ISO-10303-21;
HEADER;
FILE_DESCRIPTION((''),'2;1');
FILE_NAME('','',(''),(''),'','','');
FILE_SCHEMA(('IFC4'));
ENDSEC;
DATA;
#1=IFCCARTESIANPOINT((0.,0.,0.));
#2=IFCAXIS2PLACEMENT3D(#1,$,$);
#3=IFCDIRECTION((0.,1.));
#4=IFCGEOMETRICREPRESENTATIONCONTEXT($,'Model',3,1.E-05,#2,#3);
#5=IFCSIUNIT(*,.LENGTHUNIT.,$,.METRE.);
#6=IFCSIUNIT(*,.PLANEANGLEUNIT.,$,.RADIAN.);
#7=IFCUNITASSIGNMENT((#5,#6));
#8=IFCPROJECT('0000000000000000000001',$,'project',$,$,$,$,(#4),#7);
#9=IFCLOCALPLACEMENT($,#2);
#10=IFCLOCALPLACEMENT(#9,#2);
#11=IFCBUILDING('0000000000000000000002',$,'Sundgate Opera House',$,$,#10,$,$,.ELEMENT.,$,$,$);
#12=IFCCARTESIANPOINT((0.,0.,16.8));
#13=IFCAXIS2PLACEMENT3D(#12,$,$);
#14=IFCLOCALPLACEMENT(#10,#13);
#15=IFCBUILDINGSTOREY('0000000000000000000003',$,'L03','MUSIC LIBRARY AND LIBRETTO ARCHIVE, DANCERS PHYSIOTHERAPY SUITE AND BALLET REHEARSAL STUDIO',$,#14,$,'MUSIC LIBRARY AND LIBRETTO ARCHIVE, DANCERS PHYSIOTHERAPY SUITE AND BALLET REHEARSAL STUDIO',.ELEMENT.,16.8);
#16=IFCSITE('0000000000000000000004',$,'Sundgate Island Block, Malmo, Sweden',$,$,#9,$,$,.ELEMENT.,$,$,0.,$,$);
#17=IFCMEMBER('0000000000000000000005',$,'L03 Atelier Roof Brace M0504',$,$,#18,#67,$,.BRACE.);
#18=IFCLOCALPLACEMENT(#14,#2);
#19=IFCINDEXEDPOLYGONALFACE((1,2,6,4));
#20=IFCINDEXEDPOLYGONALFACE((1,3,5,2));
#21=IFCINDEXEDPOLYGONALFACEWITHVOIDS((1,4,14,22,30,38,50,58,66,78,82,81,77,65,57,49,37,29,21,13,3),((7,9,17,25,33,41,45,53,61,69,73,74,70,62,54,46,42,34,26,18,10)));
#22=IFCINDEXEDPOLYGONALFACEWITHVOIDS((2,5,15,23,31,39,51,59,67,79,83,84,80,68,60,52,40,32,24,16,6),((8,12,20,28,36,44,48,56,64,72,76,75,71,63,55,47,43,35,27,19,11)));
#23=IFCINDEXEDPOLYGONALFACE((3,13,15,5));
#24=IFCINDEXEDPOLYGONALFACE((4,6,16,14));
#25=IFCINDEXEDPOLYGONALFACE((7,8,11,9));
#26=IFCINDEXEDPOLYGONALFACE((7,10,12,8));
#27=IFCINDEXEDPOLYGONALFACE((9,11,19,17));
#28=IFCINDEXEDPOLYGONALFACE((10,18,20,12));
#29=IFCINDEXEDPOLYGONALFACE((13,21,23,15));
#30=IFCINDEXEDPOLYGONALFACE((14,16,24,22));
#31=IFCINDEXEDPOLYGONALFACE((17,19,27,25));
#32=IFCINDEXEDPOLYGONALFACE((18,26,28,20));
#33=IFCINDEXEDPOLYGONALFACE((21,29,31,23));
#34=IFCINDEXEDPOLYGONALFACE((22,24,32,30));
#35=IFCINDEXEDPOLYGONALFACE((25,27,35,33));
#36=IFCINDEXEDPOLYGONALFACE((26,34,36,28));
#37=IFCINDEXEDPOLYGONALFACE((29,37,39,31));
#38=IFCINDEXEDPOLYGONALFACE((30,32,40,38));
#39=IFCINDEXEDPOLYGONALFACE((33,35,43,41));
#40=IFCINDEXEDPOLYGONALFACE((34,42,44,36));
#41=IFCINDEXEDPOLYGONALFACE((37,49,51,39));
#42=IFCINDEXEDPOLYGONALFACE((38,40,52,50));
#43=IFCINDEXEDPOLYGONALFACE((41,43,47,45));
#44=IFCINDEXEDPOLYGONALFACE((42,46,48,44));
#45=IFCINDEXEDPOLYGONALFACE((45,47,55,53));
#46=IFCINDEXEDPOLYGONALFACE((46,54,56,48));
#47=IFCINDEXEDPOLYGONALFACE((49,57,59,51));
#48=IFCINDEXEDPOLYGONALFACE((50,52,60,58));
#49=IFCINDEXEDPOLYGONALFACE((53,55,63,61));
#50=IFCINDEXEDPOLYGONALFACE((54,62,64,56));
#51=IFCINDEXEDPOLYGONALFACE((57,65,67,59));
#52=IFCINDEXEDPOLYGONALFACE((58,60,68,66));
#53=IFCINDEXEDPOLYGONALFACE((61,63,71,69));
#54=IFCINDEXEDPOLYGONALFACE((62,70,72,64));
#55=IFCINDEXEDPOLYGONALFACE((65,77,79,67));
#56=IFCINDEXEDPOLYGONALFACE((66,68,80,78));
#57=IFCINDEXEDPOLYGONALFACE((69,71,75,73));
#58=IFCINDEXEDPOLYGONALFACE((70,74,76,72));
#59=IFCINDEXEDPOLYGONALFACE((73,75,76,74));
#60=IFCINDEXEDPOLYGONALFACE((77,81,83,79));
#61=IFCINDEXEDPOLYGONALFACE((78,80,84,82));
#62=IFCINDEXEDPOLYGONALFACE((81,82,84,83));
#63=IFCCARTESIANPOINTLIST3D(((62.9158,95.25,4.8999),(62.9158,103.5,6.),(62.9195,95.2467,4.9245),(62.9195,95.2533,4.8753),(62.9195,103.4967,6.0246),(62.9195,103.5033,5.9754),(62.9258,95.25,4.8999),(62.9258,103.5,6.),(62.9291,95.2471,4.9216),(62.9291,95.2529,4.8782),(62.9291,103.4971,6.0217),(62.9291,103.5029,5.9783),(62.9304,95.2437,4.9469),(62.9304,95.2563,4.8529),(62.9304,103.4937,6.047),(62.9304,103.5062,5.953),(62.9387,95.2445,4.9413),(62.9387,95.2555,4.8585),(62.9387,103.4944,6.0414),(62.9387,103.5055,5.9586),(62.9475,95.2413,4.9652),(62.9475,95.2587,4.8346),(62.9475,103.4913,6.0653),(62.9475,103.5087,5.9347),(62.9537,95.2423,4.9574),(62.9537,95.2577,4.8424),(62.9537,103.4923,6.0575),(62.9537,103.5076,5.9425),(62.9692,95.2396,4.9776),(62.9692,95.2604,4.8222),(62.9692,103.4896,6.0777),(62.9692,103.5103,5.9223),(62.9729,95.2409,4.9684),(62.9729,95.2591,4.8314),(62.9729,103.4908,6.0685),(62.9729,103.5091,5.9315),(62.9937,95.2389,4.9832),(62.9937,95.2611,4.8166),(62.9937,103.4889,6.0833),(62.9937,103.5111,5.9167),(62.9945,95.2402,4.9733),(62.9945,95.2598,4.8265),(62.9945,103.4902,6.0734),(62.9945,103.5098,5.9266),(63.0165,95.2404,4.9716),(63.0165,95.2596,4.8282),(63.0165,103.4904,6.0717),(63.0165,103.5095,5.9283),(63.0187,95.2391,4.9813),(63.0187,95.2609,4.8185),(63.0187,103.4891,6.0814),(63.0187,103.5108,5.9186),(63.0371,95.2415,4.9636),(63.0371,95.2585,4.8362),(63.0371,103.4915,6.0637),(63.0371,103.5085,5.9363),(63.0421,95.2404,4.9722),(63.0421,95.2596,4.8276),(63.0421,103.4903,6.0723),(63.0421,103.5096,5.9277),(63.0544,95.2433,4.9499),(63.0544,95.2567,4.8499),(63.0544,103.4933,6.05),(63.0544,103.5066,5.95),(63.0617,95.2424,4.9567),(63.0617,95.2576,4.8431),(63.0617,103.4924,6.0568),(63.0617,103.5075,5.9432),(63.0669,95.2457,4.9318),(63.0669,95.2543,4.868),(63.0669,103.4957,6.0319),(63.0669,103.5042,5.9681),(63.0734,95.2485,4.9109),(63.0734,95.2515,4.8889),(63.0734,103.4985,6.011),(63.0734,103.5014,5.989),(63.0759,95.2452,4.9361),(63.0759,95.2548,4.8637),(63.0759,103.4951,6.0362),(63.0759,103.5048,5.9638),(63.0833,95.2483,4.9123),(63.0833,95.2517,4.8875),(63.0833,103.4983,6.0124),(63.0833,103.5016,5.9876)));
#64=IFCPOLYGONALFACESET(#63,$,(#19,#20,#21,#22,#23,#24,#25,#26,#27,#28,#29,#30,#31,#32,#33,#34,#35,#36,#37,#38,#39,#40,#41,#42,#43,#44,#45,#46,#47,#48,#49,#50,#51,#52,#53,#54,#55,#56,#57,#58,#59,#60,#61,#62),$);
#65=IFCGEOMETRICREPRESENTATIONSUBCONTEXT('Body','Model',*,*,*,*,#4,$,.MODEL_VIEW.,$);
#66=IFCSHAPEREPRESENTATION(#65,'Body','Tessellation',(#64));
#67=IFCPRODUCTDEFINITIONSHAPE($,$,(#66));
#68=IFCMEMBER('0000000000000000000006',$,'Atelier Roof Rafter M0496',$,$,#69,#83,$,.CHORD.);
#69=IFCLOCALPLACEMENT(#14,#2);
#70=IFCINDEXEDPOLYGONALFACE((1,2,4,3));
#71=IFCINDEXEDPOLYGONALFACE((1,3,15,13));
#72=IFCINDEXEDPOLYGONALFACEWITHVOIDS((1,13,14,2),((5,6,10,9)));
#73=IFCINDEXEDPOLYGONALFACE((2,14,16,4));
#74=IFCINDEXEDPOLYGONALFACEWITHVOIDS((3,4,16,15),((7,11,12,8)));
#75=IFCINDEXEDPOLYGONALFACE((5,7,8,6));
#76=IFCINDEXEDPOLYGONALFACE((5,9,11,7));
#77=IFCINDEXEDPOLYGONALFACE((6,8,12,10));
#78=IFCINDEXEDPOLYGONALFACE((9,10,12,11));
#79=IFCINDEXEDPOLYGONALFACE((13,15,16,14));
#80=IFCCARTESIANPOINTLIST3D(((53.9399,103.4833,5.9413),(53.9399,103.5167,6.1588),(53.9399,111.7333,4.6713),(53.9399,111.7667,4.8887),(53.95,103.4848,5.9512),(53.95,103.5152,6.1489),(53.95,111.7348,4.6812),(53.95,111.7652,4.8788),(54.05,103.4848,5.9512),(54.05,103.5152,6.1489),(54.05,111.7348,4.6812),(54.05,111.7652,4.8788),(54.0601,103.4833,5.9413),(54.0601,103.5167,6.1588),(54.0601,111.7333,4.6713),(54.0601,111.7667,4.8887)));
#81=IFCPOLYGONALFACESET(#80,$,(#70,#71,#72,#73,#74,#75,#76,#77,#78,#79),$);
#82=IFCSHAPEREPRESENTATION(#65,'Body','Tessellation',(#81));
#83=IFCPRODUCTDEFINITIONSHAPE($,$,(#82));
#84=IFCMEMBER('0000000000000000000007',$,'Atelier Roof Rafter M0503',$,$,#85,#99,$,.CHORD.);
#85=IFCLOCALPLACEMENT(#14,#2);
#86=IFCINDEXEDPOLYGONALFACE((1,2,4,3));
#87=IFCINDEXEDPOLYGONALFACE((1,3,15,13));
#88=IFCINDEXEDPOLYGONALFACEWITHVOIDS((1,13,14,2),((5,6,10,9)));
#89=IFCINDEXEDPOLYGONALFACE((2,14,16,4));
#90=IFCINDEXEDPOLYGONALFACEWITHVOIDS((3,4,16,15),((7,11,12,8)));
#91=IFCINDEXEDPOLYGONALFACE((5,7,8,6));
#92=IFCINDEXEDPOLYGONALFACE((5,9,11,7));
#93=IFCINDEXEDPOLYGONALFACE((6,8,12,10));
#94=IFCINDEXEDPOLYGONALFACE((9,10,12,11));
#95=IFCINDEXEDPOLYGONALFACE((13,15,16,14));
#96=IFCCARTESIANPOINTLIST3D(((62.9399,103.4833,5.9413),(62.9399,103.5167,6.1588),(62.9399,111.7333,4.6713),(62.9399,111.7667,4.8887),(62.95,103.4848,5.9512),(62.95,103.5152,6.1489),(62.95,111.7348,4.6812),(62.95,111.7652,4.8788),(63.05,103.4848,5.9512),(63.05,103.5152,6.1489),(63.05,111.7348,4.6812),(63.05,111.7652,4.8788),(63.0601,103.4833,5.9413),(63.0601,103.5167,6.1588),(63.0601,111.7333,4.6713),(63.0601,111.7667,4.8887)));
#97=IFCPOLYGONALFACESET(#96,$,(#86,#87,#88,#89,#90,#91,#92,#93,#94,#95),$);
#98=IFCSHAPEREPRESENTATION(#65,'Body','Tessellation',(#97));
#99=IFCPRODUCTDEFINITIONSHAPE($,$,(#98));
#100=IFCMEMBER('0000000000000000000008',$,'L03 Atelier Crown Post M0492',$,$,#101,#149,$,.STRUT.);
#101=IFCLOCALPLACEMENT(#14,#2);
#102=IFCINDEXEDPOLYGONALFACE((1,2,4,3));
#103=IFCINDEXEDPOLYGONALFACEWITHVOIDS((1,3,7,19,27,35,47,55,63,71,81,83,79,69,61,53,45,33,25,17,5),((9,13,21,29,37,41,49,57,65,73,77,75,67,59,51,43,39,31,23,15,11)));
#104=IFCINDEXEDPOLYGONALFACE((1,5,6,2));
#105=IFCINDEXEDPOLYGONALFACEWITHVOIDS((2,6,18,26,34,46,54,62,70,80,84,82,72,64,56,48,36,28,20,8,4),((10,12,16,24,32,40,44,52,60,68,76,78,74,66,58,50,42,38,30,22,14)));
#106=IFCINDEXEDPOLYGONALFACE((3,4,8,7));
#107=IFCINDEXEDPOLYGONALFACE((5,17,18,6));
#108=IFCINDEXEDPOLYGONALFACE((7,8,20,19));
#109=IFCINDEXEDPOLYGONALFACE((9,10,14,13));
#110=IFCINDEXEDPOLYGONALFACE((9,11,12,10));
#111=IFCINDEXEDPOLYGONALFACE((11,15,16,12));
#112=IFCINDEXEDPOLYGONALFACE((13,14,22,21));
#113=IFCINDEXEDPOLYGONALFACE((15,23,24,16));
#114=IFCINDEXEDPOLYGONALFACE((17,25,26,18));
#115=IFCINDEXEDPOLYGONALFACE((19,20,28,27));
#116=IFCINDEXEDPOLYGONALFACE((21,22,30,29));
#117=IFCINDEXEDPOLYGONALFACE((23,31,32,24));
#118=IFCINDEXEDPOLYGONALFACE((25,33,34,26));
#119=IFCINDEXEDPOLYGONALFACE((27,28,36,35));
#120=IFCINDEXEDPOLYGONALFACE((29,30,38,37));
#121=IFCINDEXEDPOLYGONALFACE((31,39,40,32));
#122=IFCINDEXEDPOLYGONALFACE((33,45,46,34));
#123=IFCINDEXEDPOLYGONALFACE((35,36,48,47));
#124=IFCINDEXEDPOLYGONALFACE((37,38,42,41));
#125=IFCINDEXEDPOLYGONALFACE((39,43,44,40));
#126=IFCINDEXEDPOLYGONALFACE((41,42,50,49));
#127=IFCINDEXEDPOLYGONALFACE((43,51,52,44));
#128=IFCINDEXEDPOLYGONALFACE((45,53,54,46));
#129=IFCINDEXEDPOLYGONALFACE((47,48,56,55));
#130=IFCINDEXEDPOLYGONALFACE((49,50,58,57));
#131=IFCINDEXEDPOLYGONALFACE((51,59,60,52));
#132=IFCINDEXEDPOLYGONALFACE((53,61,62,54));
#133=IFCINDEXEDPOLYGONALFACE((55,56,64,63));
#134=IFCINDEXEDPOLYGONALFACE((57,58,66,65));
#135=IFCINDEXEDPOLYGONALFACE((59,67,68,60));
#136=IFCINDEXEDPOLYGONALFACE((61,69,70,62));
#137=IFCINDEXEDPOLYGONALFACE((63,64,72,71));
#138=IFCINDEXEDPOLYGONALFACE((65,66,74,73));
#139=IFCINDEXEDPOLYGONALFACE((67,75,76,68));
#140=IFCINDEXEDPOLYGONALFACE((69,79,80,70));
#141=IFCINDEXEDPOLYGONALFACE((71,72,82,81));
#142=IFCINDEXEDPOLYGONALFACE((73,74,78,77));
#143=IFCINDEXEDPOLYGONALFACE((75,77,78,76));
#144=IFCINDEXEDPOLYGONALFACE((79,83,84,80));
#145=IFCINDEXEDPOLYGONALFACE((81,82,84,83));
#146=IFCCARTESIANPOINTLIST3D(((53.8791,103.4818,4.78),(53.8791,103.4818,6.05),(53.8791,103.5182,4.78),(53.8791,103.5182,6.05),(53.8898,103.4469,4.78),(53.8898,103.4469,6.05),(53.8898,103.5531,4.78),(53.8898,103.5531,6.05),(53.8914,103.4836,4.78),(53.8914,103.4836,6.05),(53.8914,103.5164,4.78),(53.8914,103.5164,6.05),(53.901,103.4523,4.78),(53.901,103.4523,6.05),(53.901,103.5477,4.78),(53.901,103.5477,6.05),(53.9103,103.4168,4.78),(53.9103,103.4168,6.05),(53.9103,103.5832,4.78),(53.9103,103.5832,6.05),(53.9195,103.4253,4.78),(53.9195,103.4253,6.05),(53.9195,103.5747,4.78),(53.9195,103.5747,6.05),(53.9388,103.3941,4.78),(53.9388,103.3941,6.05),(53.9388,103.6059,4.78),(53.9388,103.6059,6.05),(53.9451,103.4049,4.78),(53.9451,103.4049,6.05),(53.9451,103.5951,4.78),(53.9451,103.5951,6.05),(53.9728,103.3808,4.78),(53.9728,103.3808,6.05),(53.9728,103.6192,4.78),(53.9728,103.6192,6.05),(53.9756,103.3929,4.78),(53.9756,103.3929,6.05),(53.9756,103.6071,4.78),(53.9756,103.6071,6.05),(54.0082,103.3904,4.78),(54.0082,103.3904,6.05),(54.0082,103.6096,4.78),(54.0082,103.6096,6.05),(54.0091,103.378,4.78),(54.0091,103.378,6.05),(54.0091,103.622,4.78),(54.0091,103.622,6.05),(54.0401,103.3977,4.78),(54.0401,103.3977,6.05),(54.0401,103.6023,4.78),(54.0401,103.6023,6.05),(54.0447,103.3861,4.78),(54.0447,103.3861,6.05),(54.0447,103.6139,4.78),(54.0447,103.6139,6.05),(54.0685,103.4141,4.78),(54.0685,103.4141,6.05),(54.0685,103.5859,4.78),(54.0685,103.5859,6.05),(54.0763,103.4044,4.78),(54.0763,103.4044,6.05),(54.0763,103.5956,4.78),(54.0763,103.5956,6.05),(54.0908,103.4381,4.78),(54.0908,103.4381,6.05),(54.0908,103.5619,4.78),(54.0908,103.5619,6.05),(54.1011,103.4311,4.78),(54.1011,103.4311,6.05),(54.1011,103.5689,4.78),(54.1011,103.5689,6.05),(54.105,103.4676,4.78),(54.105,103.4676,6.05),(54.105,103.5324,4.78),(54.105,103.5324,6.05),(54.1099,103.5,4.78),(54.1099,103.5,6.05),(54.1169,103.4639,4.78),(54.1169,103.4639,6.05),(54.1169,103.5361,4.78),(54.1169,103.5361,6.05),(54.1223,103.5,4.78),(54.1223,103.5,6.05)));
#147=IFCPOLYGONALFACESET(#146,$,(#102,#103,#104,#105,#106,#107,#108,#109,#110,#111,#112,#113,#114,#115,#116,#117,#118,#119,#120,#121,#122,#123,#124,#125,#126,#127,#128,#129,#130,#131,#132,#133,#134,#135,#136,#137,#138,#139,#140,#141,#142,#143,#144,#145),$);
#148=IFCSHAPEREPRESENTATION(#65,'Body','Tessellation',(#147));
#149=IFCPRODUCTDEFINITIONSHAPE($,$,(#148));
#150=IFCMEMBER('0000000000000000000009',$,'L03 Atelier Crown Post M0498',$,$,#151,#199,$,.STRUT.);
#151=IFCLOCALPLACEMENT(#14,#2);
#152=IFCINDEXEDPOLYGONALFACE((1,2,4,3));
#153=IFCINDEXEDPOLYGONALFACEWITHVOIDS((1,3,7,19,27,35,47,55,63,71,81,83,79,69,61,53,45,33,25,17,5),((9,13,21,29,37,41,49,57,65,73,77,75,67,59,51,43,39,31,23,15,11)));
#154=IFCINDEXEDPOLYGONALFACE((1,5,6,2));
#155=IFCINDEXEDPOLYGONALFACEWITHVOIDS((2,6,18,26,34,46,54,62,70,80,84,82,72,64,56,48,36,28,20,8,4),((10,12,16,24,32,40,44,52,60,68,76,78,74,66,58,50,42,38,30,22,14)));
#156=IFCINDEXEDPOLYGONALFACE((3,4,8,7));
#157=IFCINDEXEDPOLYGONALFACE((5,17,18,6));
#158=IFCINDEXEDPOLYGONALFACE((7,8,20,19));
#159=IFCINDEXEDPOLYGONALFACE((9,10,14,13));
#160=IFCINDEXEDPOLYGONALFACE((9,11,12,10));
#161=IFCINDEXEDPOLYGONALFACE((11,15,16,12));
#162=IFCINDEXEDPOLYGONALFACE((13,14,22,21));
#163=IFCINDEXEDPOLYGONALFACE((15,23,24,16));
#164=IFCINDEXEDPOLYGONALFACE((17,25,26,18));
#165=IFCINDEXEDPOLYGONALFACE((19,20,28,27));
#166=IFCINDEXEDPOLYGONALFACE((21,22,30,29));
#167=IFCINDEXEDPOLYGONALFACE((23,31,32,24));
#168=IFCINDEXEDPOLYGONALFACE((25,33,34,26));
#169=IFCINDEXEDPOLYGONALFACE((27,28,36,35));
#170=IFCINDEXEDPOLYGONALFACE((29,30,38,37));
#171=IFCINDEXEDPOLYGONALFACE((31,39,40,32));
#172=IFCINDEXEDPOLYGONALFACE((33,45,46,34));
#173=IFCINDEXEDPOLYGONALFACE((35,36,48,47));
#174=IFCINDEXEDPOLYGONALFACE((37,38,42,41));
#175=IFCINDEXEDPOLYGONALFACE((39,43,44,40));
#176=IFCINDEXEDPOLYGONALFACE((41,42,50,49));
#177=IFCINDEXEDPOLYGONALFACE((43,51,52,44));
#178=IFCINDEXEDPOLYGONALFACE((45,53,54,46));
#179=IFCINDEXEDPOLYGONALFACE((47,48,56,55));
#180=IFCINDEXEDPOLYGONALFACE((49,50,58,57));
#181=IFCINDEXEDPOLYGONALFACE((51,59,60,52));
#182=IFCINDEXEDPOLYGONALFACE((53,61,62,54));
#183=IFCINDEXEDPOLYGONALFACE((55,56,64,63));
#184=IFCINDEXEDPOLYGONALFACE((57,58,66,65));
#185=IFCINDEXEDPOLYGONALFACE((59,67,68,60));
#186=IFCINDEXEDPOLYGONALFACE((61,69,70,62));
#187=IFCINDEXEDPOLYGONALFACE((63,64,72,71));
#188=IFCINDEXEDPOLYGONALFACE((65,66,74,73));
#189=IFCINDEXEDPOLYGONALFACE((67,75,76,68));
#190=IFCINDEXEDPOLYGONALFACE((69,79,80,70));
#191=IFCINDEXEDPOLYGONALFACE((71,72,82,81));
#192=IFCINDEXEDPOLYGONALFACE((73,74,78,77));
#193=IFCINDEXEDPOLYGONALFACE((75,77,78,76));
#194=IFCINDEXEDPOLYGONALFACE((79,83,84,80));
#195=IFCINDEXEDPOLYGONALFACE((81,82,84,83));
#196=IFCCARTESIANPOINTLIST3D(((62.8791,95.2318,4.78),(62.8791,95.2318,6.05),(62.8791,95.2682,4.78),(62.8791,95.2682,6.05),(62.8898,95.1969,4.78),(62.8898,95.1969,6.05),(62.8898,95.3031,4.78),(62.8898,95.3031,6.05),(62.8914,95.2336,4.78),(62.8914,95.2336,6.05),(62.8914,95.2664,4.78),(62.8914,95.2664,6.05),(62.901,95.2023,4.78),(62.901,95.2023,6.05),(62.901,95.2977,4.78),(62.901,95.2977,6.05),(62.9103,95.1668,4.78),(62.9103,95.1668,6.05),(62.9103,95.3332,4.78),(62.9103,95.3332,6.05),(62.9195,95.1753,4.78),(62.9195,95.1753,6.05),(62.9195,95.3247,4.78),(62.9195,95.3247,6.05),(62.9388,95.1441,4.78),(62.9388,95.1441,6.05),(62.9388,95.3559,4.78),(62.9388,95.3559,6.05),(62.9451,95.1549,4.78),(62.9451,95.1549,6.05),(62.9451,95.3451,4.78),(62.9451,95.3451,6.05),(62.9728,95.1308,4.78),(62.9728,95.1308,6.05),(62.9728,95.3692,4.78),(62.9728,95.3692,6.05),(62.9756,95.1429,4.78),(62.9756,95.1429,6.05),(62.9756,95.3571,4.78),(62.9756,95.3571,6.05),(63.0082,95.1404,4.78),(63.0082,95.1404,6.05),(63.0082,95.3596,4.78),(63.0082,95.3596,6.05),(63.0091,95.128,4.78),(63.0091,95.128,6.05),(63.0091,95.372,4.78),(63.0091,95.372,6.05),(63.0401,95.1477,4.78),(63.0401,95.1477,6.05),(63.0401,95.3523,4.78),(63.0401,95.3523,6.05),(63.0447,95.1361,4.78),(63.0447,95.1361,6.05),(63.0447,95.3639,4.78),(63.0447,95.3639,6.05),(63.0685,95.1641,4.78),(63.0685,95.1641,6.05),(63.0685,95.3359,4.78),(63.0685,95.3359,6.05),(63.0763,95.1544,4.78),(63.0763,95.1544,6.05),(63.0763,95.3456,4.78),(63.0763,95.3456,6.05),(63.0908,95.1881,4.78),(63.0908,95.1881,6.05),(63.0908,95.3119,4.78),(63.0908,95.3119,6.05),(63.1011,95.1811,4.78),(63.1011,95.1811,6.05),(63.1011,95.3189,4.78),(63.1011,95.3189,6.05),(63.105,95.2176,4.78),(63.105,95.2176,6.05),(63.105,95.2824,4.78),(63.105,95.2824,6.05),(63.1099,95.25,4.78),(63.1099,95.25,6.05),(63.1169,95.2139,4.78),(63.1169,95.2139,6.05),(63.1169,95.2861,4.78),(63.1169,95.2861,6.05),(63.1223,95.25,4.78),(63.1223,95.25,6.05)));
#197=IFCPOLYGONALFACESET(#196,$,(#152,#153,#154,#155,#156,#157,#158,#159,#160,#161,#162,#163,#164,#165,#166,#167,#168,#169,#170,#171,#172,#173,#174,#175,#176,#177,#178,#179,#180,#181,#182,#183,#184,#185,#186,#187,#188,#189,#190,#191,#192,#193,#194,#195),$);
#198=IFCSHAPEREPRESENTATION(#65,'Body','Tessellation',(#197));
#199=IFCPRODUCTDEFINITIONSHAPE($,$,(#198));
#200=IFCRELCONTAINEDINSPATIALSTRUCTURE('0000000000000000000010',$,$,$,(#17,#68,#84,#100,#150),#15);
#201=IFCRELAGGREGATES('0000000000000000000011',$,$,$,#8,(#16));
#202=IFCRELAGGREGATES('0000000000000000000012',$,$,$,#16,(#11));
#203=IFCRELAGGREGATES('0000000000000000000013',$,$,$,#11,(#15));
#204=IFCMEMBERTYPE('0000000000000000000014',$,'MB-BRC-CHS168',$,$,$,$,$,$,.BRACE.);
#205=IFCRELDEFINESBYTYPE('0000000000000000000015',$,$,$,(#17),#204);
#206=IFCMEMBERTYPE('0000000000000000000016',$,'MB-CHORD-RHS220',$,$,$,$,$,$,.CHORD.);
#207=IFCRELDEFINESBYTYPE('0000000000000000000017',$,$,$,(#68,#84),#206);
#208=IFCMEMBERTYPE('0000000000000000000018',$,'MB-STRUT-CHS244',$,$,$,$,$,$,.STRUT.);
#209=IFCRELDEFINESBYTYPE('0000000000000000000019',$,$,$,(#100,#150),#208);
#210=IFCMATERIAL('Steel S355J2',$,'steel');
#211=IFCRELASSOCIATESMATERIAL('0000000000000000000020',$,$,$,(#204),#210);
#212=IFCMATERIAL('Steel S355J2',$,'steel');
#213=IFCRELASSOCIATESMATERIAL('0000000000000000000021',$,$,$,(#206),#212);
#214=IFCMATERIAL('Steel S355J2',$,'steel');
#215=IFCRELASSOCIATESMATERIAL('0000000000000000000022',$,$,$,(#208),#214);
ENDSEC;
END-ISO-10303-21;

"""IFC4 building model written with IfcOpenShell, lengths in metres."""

from ifc_helpers import new_model, si_unit, direction, frame, origin, origin_2d, place, context, subcontext, project, spatial, hollow_rectangle, hollow_circle, extrude, material, material_profile, profile_set, type_object, element, save


model = new_model("IFC4")

# Units and contexts
model_context = context("Model", 3, precision=1e-05, world=origin(), true_north=direction((0.0, 1.0)))
body_context = subcontext(model_context, "Body", "Model", "MODEL_VIEW")
ifc_project = project(units=[si_unit("LENGTHUNIT", "METRE"), si_unit("PLANEANGLEUNIT", "RADIAN")], contexts=[model_context])

# Site, building, storey
site_placement = place(None, origin())
site = spatial("IfcSite", under=ifc_project, at=site_placement, Name="Sundgate Island Block, Malmo, Sweden", CompositionType="ELEMENT", RefElevation=0.0)
building_placement = place(site_placement, origin())
building = spatial("IfcBuilding", under=site, at=building_placement, Name="Sundgate Opera House", CompositionType="ELEMENT")
storey_placement = place(building_placement, frame((0.0, 0.0, 16.8)))
storey = spatial("IfcBuildingStorey", under=building, at=storey_placement, Name="L03", Description="MUSIC LIBRARY AND LIBRETTO ARCHIVE, DANCERS PHYSIOTHERAPY SUITE AND BALLET REHEARSAL STUDIO", LongName="MUSIC LIBRARY AND LIBRETTO ARCHIVE, DANCERS PHYSIOTHERAPY SUITE AND BALLET REHEARSAL STUDIO", CompositionType="ELEMENT", Elevation=16.8)

# Members
ifc_material_1 = material(Name="Steel S355J2", Category="steel")
ifc_material_profile_1 = material_profile(ifc_material_1, hollow_circle(Radius=0.0842, WallThickness=0.01, at=origin_2d()), Name="CHS 168.3x10.0")
ifc_profile_set_1 = profile_set([ifc_material_profile_1], Name="Steel S355J2")
member_type_1 = type_object("IfcMemberType", Name="MB-BRC-CHS168", PredefinedType="BRACE", material=ifc_profile_set_1)
member_placement = place(storey_placement, frame((63.0, 95.25, 4.8999), z_axis=(0.0, 0.991226, 0.132175), x_axis=(-1.0, 0.0, 0.0)))
element("IfcMember", 1, at=member_placement, inside=storey, type_object=member_type_1, Name="L03 Atelier Roof Brace M0504", PredefinedType="BRACE", context=body_context, shape_type="SweptSolid", body=[
    extrude(hollow_circle(Radius=0.0842, WallThickness=0.01, at=origin_2d()), origin(), (0.0, 0.0, 1.0), 8.323),
])
ifc_material_2 = material(Name="Steel S355J2", Category="steel")
ifc_material_profile_2 = material_profile(ifc_material_2, hollow_rectangle(XDim=0.1201, YDim=0.22, WallThickness=0.01, at=origin_2d()), Name="RHS 220x120x10.0")
ifc_profile_set_2 = profile_set([ifc_material_profile_2], Name="Steel S355J2")
member_type_2 = type_object("IfcMemberType", Name="MB-CHORD-RHS220", PredefinedType="CHORD", material=ifc_profile_set_2)
for number, where, z_axis, x_axis, name in (
    (2, (54.0, 103.5, 6.05), (0.0, 0.988357, -0.152149), (-1.0, 0.0, 0.0), "Atelier Roof Rafter M0496"),
    (3, (63.0, 103.5, 6.05), (0.0, 0.988357, -0.152149), (-1.0, 0.0, 0.0), "Atelier Roof Rafter M0503"),
):
    element("IfcMember", number, at=place(storey_placement, frame(where, z_axis=z_axis, x_axis=x_axis)), inside=storey, type_object=member_type_2, Name=name, PredefinedType="CHORD", context=body_context, shape_type="SweptSolid", body=[
        extrude(hollow_rectangle(XDim=0.1201, YDim=0.22, WallThickness=0.01, at=origin_2d()), origin(), (0.0, 0.0, 1.0), 8.3472),
    ])
ifc_material_3 = material(Name="Steel S355J2", Category="steel")
ifc_material_profile_3 = material_profile(ifc_material_3, hollow_circle(Radius=0.1223, WallThickness=0.0125, at=origin_2d()), Name="CHS 244.5x12.5")
ifc_profile_set_3 = profile_set([ifc_material_profile_3], Name="Steel S355J2")
member_type_3 = type_object("IfcMemberType", Name="MB-STRUT-CHS244", PredefinedType="STRUT", material=ifc_profile_set_3)
for number, where, z_axis, x_axis, name in (
    (4, (54.0, 103.5, 4.78), (0.0, 0.0, 1.0), (1.0, 0.0, 0.0), "L03 Atelier Crown Post M0492"),
    (5, (63.0, 95.25, 4.78), (0.0, 0.0, 1.0), (1.0, 0.0, 0.0), "L03 Atelier Crown Post M0498"),
):
    element("IfcMember", number, at=place(storey_placement, frame(where, z_axis=z_axis, x_axis=x_axis)), inside=storey, type_object=member_type_3, Name=name, PredefinedType="STRUT", context=body_context, shape_type="SweptSolid", body=[
        extrude(hollow_circle(Radius=0.1223, WallThickness=0.0125, at=origin_2d()), origin(), (0.0, 0.0, 1.0), 1.27),
    ])

save(model, "model.ifc")
